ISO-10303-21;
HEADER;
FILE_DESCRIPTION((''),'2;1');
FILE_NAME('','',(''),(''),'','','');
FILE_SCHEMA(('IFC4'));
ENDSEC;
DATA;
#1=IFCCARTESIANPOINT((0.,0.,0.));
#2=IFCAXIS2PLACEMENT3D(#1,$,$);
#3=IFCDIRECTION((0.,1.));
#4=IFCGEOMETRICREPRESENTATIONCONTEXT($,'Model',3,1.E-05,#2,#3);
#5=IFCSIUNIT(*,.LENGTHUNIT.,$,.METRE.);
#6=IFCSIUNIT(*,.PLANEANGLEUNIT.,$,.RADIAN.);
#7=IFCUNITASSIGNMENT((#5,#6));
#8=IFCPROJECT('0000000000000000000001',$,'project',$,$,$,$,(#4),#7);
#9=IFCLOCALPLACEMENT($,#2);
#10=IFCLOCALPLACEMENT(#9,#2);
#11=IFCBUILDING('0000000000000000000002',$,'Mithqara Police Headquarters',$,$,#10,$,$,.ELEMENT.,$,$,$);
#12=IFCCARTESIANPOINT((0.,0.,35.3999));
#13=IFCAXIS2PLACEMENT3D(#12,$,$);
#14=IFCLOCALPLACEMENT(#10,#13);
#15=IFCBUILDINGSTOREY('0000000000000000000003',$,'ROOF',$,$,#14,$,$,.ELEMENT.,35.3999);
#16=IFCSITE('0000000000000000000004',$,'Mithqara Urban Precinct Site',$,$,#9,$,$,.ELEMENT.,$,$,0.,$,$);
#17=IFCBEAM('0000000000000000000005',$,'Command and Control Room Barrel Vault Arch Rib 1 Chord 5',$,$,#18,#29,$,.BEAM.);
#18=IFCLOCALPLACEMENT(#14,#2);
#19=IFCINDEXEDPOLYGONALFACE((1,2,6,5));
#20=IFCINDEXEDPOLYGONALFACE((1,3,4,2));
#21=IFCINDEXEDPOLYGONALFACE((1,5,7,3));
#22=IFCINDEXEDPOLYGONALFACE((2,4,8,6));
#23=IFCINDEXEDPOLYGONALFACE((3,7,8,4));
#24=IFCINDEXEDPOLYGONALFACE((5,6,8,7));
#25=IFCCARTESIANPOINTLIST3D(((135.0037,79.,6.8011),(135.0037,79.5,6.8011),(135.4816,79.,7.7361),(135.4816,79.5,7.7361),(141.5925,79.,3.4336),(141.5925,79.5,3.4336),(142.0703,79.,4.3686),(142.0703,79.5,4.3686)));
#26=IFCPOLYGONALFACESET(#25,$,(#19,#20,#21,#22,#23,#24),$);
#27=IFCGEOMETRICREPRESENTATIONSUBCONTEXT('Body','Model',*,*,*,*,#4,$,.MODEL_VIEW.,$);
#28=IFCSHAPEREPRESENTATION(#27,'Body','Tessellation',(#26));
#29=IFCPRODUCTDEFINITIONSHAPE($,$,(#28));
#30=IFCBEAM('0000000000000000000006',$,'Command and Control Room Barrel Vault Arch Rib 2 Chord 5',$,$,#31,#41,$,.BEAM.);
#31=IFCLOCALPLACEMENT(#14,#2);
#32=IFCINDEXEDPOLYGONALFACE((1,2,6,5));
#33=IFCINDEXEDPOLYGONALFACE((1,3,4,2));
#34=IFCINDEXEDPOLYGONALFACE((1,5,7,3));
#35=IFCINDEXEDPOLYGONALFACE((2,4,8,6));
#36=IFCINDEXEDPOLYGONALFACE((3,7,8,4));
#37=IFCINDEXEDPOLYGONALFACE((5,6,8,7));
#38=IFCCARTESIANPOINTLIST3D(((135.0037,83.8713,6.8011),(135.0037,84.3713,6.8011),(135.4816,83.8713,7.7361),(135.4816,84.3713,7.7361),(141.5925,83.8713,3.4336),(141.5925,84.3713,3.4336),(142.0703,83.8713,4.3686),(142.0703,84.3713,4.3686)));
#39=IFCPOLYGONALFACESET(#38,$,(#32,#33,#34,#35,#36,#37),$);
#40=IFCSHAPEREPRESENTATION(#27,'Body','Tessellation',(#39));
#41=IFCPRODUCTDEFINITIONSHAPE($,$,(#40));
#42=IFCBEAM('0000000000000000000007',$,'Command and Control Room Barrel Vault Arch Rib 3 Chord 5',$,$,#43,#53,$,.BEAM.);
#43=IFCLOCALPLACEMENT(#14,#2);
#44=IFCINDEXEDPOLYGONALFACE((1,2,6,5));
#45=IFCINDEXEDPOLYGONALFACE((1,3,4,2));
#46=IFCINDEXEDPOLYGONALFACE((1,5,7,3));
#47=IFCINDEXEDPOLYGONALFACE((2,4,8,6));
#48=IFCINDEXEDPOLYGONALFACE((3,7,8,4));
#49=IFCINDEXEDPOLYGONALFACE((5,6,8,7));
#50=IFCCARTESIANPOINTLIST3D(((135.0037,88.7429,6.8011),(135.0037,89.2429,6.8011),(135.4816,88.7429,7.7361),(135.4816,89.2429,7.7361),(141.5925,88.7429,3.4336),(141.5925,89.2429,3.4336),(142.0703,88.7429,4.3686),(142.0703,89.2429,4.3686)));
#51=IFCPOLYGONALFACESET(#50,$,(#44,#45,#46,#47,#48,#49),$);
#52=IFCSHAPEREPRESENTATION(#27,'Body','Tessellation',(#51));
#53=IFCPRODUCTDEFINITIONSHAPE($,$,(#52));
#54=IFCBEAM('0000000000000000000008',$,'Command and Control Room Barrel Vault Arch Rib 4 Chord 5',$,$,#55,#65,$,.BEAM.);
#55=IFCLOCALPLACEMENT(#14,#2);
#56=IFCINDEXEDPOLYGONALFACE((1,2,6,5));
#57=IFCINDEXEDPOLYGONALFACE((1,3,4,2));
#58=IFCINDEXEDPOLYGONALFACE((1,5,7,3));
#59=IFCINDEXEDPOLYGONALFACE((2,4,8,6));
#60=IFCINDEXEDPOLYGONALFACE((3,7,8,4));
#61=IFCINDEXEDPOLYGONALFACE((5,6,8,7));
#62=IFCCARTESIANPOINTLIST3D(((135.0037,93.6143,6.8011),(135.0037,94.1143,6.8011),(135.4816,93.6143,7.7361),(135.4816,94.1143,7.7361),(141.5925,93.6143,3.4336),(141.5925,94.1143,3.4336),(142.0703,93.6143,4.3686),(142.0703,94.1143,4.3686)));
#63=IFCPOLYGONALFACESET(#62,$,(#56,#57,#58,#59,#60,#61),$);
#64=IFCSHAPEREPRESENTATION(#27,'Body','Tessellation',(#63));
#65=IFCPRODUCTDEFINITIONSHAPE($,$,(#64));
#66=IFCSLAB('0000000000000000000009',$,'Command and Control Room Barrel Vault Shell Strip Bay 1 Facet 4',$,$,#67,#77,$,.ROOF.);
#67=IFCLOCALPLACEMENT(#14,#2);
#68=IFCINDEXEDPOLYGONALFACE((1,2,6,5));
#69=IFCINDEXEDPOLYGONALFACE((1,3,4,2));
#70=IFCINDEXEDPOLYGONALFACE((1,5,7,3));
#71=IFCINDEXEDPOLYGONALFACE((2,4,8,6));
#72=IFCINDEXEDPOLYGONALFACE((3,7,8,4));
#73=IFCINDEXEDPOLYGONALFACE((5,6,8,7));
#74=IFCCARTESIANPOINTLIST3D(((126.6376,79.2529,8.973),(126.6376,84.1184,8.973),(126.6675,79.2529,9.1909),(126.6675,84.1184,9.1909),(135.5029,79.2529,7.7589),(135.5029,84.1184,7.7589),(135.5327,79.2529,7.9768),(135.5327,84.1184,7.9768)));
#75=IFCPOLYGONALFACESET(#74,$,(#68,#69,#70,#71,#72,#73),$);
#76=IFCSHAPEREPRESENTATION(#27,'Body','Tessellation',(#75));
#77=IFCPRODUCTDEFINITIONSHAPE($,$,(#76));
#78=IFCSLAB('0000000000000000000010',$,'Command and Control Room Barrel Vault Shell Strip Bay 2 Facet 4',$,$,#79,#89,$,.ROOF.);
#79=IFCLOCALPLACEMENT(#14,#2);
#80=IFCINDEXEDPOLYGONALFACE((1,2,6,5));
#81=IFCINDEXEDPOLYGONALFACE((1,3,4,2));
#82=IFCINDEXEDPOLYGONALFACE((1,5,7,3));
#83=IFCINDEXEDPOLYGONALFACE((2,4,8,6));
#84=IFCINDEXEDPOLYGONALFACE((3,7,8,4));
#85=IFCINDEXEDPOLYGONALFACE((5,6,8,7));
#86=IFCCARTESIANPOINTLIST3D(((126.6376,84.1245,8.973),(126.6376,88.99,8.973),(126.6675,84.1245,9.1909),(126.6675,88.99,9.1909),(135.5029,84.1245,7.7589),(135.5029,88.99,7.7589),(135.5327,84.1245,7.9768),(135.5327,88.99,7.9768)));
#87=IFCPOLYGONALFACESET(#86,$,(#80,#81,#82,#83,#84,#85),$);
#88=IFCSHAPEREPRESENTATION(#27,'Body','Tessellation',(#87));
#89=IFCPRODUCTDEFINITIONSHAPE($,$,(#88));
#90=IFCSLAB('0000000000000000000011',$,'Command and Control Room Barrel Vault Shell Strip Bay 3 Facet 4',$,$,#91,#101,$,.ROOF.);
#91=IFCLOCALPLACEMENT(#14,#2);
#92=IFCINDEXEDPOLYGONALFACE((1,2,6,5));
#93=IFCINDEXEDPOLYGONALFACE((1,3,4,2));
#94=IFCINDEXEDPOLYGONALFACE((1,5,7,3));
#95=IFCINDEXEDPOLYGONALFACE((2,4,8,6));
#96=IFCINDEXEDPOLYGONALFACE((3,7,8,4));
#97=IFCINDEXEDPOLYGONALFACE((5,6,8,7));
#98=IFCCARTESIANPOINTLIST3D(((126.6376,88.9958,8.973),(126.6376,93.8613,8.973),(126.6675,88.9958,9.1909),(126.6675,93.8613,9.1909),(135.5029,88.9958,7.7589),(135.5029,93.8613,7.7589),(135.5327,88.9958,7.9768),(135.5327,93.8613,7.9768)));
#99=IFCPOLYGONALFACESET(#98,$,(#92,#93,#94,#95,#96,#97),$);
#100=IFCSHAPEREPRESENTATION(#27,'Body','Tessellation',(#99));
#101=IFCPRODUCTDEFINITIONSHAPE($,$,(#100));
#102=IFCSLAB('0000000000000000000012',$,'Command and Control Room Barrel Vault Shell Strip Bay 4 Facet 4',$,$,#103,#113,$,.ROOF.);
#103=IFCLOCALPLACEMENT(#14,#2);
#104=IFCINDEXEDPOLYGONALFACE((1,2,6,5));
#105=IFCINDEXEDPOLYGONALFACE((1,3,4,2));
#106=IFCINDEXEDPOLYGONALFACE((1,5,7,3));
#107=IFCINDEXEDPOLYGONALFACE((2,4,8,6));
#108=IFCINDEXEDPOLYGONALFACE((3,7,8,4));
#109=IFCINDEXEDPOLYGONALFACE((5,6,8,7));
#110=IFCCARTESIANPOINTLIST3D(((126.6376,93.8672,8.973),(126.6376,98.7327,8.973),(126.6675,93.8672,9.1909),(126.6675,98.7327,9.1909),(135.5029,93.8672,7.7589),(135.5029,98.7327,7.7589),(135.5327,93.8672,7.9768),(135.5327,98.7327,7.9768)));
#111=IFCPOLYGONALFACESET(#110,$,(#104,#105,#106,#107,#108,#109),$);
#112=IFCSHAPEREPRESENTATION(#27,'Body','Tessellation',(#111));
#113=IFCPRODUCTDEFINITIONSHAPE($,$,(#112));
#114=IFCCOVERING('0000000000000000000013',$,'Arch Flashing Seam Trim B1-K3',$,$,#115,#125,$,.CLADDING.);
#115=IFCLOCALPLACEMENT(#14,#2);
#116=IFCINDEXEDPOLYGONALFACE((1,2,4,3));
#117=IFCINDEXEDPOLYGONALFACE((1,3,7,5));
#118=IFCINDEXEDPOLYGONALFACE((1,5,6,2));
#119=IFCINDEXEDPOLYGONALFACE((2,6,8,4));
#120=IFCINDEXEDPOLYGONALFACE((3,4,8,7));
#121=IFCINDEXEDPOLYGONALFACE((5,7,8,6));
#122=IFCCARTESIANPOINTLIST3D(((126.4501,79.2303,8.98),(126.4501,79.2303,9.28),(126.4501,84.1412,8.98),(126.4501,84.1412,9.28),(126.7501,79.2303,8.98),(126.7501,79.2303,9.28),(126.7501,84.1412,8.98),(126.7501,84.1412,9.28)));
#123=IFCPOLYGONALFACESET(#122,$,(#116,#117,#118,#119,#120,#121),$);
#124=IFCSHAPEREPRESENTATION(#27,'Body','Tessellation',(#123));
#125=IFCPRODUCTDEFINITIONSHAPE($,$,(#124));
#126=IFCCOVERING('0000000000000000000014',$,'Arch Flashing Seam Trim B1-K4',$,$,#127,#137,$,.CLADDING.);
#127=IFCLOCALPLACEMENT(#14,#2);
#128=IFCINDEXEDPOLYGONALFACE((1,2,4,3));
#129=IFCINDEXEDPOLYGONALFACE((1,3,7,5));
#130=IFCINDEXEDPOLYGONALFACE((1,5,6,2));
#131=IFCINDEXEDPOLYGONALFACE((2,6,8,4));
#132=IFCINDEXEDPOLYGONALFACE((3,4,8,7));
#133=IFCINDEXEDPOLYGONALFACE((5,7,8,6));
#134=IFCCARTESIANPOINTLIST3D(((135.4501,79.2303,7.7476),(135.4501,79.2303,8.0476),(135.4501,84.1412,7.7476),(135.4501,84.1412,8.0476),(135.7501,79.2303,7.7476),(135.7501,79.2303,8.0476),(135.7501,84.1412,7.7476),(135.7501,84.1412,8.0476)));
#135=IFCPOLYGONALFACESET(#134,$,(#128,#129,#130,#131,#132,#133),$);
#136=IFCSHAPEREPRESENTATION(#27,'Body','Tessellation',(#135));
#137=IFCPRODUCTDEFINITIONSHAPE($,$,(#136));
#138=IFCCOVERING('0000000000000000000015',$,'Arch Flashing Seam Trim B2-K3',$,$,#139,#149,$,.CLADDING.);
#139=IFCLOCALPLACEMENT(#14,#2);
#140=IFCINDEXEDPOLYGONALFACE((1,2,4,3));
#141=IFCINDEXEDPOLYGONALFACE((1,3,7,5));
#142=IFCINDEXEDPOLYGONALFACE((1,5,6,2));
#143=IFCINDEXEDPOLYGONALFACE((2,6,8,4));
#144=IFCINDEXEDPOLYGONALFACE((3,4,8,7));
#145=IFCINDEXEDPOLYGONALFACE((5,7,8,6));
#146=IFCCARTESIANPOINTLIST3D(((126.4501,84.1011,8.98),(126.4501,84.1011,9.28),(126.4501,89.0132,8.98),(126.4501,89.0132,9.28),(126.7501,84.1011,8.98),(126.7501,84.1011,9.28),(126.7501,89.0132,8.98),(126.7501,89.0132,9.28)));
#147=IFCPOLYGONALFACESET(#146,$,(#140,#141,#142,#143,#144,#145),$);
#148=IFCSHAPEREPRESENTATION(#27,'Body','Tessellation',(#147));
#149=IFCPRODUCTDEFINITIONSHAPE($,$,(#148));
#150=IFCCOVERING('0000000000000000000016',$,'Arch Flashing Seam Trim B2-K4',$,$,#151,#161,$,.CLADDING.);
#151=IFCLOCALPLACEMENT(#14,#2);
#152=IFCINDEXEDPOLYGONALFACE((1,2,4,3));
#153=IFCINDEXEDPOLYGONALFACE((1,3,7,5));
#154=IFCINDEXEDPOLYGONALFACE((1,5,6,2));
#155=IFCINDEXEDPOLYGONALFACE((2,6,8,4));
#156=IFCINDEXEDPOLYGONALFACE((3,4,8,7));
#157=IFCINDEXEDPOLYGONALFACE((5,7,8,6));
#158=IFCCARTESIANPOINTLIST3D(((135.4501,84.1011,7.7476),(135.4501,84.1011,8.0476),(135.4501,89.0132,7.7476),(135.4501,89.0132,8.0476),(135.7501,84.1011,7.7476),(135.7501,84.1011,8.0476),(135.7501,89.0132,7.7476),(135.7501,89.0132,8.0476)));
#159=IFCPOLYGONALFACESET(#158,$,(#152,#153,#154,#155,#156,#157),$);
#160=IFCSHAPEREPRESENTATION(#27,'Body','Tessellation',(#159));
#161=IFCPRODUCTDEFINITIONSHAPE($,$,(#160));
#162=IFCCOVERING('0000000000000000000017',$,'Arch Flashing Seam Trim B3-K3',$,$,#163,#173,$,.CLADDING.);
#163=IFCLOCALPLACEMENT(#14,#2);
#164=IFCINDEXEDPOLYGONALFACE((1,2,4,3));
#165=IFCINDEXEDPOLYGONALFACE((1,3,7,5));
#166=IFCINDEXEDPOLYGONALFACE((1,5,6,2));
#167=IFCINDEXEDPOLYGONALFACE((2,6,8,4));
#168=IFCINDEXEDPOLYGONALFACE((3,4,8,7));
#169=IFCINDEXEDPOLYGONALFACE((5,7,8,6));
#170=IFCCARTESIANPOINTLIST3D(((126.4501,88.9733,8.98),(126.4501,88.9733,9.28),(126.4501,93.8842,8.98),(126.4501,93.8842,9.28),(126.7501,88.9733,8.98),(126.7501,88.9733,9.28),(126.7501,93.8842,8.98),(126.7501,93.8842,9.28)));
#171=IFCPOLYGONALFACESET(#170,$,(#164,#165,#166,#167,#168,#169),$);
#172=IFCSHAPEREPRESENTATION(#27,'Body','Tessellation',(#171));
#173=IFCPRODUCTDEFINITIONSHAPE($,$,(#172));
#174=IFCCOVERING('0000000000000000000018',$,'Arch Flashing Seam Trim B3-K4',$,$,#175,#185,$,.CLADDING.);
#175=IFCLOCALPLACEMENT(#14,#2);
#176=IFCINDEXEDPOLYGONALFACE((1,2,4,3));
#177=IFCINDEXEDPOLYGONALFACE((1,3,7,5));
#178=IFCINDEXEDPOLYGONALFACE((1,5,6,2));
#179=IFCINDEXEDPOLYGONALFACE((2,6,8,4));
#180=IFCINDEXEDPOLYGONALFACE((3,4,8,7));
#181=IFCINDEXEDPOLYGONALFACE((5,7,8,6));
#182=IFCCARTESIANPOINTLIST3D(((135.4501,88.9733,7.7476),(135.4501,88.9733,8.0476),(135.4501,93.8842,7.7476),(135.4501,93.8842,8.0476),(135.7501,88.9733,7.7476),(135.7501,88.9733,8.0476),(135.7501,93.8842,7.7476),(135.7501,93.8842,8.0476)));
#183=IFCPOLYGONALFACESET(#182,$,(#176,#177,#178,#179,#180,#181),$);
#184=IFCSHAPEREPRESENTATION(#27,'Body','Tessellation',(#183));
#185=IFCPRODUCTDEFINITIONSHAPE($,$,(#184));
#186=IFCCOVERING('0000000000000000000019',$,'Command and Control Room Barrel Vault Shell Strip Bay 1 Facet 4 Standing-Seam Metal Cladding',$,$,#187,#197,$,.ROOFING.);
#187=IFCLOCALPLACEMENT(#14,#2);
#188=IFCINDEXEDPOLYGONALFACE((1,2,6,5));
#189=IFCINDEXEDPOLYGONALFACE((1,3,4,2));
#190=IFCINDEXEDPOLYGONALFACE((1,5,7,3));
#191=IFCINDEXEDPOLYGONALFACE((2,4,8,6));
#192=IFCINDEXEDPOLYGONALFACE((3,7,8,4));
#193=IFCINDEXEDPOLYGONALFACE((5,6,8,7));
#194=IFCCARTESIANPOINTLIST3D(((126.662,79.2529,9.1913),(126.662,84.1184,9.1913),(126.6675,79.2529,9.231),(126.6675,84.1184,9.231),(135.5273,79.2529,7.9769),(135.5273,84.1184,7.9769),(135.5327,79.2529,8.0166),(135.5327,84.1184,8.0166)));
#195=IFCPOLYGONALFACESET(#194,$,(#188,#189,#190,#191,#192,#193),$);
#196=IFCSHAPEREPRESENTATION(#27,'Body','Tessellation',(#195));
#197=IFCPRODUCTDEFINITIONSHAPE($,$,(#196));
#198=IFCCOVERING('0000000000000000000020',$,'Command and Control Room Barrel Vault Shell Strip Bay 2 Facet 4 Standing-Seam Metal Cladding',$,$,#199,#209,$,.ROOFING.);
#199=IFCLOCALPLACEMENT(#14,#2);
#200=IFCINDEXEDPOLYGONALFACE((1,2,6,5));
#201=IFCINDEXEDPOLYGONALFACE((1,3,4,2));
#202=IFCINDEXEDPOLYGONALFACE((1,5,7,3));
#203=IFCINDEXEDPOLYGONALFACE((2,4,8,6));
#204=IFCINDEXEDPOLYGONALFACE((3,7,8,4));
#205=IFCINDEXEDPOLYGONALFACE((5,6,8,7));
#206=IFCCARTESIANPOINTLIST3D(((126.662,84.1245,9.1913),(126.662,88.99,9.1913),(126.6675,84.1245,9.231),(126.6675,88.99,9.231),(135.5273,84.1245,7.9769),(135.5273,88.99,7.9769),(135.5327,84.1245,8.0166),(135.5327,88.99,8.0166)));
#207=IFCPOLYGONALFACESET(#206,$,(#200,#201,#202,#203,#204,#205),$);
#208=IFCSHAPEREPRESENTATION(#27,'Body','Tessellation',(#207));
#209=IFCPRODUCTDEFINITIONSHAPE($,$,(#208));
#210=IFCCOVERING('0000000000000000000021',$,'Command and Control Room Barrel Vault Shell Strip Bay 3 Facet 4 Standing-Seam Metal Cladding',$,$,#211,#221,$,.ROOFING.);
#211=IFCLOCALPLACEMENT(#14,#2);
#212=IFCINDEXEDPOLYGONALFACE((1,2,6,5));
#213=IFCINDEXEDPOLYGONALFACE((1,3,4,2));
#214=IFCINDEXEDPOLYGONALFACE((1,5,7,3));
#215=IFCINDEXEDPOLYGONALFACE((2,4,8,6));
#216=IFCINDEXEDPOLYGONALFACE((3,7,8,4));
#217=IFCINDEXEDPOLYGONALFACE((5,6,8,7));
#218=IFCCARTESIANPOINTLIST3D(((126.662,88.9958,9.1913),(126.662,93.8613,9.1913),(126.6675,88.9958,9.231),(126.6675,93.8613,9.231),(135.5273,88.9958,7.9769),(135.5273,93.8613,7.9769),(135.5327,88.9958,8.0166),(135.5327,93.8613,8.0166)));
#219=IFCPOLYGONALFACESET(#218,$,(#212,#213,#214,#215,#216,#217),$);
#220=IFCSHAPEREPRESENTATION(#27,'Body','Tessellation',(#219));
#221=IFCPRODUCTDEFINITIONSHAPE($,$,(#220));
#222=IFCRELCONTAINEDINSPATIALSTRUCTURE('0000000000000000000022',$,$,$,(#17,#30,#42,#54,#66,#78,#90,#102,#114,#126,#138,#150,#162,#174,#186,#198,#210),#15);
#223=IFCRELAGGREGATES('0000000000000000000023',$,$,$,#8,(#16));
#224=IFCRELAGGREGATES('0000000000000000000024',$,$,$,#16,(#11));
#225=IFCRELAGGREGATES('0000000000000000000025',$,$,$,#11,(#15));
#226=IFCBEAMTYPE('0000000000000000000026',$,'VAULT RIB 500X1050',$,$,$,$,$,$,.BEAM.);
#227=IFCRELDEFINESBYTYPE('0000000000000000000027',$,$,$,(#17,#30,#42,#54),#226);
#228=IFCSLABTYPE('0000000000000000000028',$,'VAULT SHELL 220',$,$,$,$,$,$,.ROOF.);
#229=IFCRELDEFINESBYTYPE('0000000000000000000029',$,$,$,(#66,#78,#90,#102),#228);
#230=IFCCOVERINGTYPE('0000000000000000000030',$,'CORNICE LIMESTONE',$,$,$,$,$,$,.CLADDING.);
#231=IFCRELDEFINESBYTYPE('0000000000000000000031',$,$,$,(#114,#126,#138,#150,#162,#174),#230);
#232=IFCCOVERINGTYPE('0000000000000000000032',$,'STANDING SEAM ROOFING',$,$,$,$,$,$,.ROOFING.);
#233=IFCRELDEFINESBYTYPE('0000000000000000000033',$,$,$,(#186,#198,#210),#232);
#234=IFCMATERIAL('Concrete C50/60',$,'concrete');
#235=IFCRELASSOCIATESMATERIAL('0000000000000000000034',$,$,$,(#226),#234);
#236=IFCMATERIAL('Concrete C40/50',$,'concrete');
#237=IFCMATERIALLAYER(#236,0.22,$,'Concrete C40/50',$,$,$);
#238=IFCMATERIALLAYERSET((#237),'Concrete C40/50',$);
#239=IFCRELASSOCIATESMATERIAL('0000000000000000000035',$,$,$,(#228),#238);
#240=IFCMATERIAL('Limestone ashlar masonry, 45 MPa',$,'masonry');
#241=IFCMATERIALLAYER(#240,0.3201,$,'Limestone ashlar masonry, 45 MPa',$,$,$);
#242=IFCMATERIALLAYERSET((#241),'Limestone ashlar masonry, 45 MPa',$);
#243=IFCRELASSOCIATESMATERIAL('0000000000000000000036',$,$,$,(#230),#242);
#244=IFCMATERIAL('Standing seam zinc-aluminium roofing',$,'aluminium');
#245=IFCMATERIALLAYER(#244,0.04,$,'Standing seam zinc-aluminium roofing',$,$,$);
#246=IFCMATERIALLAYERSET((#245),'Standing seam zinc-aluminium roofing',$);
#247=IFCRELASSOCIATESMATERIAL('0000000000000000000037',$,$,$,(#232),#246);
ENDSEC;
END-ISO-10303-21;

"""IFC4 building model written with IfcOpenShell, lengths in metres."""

from ifc_helpers import new_model, si_unit, direction, frame, origin, origin_2d, place, context, subcontext, project, spatial, polyline, rectangle, outline, extrude, material, layer, layer_set, material_profile, profile_set, type_object, element, save


model = new_model("IFC4")

# Units and contexts
model_context = context("Model", 3, precision=1e-05, world=origin(), true_north=direction((0.0, 1.0)))
body_context = subcontext(model_context, "Body", "Model", "MODEL_VIEW")
ifc_project = project(units=[si_unit("LENGTHUNIT", "METRE"), si_unit("PLANEANGLEUNIT", "RADIAN")], contexts=[model_context])

# Site, building, storey
site_placement = place(None, origin())
site = spatial("IfcSite", under=ifc_project, at=site_placement, Name="Mithqara Urban Precinct Site", CompositionType="ELEMENT", RefElevation=0.0)
building_placement = place(site_placement, origin())
building = spatial("IfcBuilding", under=site, at=building_placement, Name="Mithqara Police Headquarters", CompositionType="ELEMENT")
storey_placement = place(building_placement, frame((0.0, 0.0, 35.3999)))
storey = spatial("IfcBuildingStorey", under=building, at=storey_placement, Name="ROOF", CompositionType="ELEMENT", Elevation=35.3999)

# Beams
ifc_material_1 = material(Name="Concrete C50/60", Category="concrete")
ifc_material_profile_1 = material_profile(ifc_material_1, rectangle(XDim=0.5, YDim=1.05, at=origin_2d()), Name="RIB 500x1050")
ifc_profile_set_1 = profile_set([ifc_material_profile_1], Name="Concrete C50/60")
beam_type = type_object("IfcBeamType", Name="VAULT RIB 500X1050", PredefinedType="BEAM", material=ifc_profile_set_1)
for number, where, z_axis, x_axis, name in (
    (1, (135.2427, 79.25, 7.2686), (0.890439, 0.0, -0.455102), (0.0, 1.0, 0.0), "Command and Control Room Barrel Vault Arch Rib 1 Chord 5"),
    (2, (135.2427, 84.1213, 7.2686), (0.890439, 0.0, -0.455102), (0.0, 1.0, 0.0), "Command and Control Room Barrel Vault Arch Rib 2 Chord 5"),
    (3, (135.2427, 88.9929, 7.2686), (0.890439, 0.0, -0.455102), (0.0, 1.0, 0.0), "Command and Control Room Barrel Vault Arch Rib 3 Chord 5"),
    (4, (135.2427, 93.8643, 7.2686), (0.890439, 0.0, -0.455102), (0.0, 1.0, 0.0), "Command and Control Room Barrel Vault Arch Rib 4 Chord 5"),
):
    element("IfcBeam", number, at=place(storey_placement, frame(where, z_axis=z_axis, x_axis=x_axis)), inside=storey, type_object=beam_type, Name=name, PredefinedType="BEAM", context=body_context, shape_type="SweptSolid", body=[
        extrude(rectangle(XDim=0.5, YDim=1.05, at=origin_2d()), origin(), (0.0, 0.0, 1.0), 7.3994),
    ])

# Slabs
ifc_material_2 = material(Name="Concrete C40/50", Category="concrete")
ifc_layer_1 = layer(ifc_material_2, 0.22, Name="Concrete C40/50")
ifc_layer_set_1 = layer_set([ifc_layer_1], Name="Concrete C40/50")
slab_type = type_object("IfcSlabType", Name="VAULT SHELL 220", PredefinedType="ROOF", material=ifc_layer_set_1)
for number, where, z_axis, x_axis, name in (
    (5, (126.6675, 79.2529, 9.1909), (0.135685, 0.0, 0.990752), (0.990752, 0.0, -0.135685), "Command and Control Room Barrel Vault Shell Strip Bay 1 Facet 4"),
    (6, (126.6675, 84.1245, 9.1909), (0.135685, 0.0, 0.990752), (0.990752, 0.0, -0.135685), "Command and Control Room Barrel Vault Shell Strip Bay 2 Facet 4"),
    (7, (126.6675, 88.9958, 9.1909), (0.135685, 0.0, 0.990752), (0.990752, 0.0, -0.135685), "Command and Control Room Barrel Vault Shell Strip Bay 3 Facet 4"),
    (8, (126.6675, 93.8672, 9.1909), (0.135685, 0.0, 0.990752), (0.990752, 0.0, -0.135685), "Command and Control Room Barrel Vault Shell Strip Bay 4 Facet 4"),
):
    element("IfcSlab", number, at=place(storey_placement, frame(where, z_axis=z_axis, x_axis=x_axis)), inside=storey, type_object=slab_type, Name=name, PredefinedType="ROOF", context=body_context, shape_type="SweptSolid", body=[
        extrude(outline(polyline([(0.0, 0.0), (8.948, 0.0), (8.948, 4.8655), (0.0, 4.8655), (0.0, 0.0)])), origin(), (0.0, 0.0, -1.0), 0.22),
    ])

# Coverings
ifc_material_3 = material(Name="Limestone ashlar masonry, 45 MPa", Category="masonry")
ifc_layer_2 = layer(ifc_material_3, 0.3201, Name="Limestone ashlar masonry, 45 MPa")
ifc_layer_set_2 = layer_set([ifc_layer_2], Name="Limestone ashlar masonry, 45 MPa")
covering_type_1 = type_object("IfcCoveringType", Name="CORNICE LIMESTONE", PredefinedType="CLADDING", material=ifc_layer_set_2)
for number, where, z_axis, x_axis, name in (
    (9, (126.6001, 81.6858, 8.98), (0.0, 0.0, 1.0), (1.0, 0.0, 0.0), "Arch Flashing Seam Trim B1-K3"),
    (10, (135.6001, 81.6858, 7.7476), (0.0, 0.0, 1.0), (1.0, 0.0, 0.0), "Arch Flashing Seam Trim B1-K4"),
):
    element("IfcCovering", number, at=place(storey_placement, frame(where, z_axis=z_axis, x_axis=x_axis)), inside=storey, type_object=covering_type_1, Name=name, PredefinedType="CLADDING", context=body_context, shape_type="SweptSolid", body=[
        extrude(rectangle(XDim=0.3, YDim=4.9109, at=origin_2d()), origin(), (0.0, 0.0, 1.0), 0.3),
    ])
for number, where, z_axis, x_axis, name in (
    (11, (126.6001, 86.5571, 8.98), (0.0, 0.0, 1.0), (1.0, 0.0, 0.0), "Arch Flashing Seam Trim B2-K3"),
    (12, (135.6001, 86.5571, 7.7476), (0.0, 0.0, 1.0), (1.0, 0.0, 0.0), "Arch Flashing Seam Trim B2-K4"),
):
    element("IfcCovering", number, at=place(storey_placement, frame(where, z_axis=z_axis, x_axis=x_axis)), inside=storey, type_object=covering_type_1, Name=name, PredefinedType="CLADDING", context=body_context, shape_type="SweptSolid", body=[
        extrude(rectangle(XDim=0.3, YDim=4.9121, at=origin_2d()), origin(), (0.0, 0.0, 1.0), 0.3),
    ])
for number, where, z_axis, x_axis, name in (
    (13, (126.6001, 91.4287, 8.98), (0.0, 0.0, 1.0), (1.0, 0.0, 0.0), "Arch Flashing Seam Trim B3-K3"),
    (14, (135.6001, 91.4287, 7.7476), (0.0, 0.0, 1.0), (1.0, 0.0, 0.0), "Arch Flashing Seam Trim B3-K4"),
):
    element("IfcCovering", number, at=place(storey_placement, frame(where, z_axis=z_axis, x_axis=x_axis)), inside=storey, type_object=covering_type_1, Name=name, PredefinedType="CLADDING", context=body_context, shape_type="SweptSolid", body=[
        extrude(rectangle(XDim=0.3, YDim=4.9109, at=origin_2d()), origin(), (0.0, 0.0, 1.0), 0.3),
    ])
ifc_material_4 = material(Name="Standing seam zinc-aluminium roofing", Category="aluminium")
ifc_layer_3 = layer(ifc_material_4, 0.04, Name="Standing seam zinc-aluminium roofing")
ifc_layer_set_3 = layer_set([ifc_layer_3], Name="Standing seam zinc-aluminium roofing")
covering_type_2 = type_object("IfcCoveringType", Name="STANDING SEAM ROOFING", PredefinedType="ROOFING", material=ifc_layer_set_3)
for number, where, z_axis, x_axis, name in (
    (15, (126.6675, 79.2529, 9.231), (0.135712, 0.0, 0.990748), (0.990748, 0.0, -0.135712), "Command and Control Room Barrel Vault Shell Strip Bay 1 Facet 4 Standing-Seam Metal Cladding"),
    (16, (126.6675, 84.1245, 9.231), (0.135712, 0.0, 0.990748), (0.990748, 0.0, -0.135712), "Command and Control Room Barrel Vault Shell Strip Bay 2 Facet 4 Standing-Seam Metal Cladding"),
    (17, (126.6675, 88.9958, 9.231), (0.135712, 0.0, 0.990748), (0.990748, 0.0, -0.135712), "Command and Control Room Barrel Vault Shell Strip Bay 3 Facet 4 Standing-Seam Metal Cladding"),
):
    element("IfcCovering", number, at=place(storey_placement, frame(where, z_axis=z_axis, x_axis=x_axis)), inside=storey, type_object=covering_type_2, Name=name, PredefinedType="ROOFING", context=body_context, shape_type="SweptSolid", body=[
        extrude(outline(polyline([(0.0, 0.0), (8.948, 0.0), (8.948, 4.8655), (0.0, 4.8655), (0.0, 0.0)])), origin(), (0.0, 0.0, -1.0), 0.04),
    ])

save(model, "model.ifc")
